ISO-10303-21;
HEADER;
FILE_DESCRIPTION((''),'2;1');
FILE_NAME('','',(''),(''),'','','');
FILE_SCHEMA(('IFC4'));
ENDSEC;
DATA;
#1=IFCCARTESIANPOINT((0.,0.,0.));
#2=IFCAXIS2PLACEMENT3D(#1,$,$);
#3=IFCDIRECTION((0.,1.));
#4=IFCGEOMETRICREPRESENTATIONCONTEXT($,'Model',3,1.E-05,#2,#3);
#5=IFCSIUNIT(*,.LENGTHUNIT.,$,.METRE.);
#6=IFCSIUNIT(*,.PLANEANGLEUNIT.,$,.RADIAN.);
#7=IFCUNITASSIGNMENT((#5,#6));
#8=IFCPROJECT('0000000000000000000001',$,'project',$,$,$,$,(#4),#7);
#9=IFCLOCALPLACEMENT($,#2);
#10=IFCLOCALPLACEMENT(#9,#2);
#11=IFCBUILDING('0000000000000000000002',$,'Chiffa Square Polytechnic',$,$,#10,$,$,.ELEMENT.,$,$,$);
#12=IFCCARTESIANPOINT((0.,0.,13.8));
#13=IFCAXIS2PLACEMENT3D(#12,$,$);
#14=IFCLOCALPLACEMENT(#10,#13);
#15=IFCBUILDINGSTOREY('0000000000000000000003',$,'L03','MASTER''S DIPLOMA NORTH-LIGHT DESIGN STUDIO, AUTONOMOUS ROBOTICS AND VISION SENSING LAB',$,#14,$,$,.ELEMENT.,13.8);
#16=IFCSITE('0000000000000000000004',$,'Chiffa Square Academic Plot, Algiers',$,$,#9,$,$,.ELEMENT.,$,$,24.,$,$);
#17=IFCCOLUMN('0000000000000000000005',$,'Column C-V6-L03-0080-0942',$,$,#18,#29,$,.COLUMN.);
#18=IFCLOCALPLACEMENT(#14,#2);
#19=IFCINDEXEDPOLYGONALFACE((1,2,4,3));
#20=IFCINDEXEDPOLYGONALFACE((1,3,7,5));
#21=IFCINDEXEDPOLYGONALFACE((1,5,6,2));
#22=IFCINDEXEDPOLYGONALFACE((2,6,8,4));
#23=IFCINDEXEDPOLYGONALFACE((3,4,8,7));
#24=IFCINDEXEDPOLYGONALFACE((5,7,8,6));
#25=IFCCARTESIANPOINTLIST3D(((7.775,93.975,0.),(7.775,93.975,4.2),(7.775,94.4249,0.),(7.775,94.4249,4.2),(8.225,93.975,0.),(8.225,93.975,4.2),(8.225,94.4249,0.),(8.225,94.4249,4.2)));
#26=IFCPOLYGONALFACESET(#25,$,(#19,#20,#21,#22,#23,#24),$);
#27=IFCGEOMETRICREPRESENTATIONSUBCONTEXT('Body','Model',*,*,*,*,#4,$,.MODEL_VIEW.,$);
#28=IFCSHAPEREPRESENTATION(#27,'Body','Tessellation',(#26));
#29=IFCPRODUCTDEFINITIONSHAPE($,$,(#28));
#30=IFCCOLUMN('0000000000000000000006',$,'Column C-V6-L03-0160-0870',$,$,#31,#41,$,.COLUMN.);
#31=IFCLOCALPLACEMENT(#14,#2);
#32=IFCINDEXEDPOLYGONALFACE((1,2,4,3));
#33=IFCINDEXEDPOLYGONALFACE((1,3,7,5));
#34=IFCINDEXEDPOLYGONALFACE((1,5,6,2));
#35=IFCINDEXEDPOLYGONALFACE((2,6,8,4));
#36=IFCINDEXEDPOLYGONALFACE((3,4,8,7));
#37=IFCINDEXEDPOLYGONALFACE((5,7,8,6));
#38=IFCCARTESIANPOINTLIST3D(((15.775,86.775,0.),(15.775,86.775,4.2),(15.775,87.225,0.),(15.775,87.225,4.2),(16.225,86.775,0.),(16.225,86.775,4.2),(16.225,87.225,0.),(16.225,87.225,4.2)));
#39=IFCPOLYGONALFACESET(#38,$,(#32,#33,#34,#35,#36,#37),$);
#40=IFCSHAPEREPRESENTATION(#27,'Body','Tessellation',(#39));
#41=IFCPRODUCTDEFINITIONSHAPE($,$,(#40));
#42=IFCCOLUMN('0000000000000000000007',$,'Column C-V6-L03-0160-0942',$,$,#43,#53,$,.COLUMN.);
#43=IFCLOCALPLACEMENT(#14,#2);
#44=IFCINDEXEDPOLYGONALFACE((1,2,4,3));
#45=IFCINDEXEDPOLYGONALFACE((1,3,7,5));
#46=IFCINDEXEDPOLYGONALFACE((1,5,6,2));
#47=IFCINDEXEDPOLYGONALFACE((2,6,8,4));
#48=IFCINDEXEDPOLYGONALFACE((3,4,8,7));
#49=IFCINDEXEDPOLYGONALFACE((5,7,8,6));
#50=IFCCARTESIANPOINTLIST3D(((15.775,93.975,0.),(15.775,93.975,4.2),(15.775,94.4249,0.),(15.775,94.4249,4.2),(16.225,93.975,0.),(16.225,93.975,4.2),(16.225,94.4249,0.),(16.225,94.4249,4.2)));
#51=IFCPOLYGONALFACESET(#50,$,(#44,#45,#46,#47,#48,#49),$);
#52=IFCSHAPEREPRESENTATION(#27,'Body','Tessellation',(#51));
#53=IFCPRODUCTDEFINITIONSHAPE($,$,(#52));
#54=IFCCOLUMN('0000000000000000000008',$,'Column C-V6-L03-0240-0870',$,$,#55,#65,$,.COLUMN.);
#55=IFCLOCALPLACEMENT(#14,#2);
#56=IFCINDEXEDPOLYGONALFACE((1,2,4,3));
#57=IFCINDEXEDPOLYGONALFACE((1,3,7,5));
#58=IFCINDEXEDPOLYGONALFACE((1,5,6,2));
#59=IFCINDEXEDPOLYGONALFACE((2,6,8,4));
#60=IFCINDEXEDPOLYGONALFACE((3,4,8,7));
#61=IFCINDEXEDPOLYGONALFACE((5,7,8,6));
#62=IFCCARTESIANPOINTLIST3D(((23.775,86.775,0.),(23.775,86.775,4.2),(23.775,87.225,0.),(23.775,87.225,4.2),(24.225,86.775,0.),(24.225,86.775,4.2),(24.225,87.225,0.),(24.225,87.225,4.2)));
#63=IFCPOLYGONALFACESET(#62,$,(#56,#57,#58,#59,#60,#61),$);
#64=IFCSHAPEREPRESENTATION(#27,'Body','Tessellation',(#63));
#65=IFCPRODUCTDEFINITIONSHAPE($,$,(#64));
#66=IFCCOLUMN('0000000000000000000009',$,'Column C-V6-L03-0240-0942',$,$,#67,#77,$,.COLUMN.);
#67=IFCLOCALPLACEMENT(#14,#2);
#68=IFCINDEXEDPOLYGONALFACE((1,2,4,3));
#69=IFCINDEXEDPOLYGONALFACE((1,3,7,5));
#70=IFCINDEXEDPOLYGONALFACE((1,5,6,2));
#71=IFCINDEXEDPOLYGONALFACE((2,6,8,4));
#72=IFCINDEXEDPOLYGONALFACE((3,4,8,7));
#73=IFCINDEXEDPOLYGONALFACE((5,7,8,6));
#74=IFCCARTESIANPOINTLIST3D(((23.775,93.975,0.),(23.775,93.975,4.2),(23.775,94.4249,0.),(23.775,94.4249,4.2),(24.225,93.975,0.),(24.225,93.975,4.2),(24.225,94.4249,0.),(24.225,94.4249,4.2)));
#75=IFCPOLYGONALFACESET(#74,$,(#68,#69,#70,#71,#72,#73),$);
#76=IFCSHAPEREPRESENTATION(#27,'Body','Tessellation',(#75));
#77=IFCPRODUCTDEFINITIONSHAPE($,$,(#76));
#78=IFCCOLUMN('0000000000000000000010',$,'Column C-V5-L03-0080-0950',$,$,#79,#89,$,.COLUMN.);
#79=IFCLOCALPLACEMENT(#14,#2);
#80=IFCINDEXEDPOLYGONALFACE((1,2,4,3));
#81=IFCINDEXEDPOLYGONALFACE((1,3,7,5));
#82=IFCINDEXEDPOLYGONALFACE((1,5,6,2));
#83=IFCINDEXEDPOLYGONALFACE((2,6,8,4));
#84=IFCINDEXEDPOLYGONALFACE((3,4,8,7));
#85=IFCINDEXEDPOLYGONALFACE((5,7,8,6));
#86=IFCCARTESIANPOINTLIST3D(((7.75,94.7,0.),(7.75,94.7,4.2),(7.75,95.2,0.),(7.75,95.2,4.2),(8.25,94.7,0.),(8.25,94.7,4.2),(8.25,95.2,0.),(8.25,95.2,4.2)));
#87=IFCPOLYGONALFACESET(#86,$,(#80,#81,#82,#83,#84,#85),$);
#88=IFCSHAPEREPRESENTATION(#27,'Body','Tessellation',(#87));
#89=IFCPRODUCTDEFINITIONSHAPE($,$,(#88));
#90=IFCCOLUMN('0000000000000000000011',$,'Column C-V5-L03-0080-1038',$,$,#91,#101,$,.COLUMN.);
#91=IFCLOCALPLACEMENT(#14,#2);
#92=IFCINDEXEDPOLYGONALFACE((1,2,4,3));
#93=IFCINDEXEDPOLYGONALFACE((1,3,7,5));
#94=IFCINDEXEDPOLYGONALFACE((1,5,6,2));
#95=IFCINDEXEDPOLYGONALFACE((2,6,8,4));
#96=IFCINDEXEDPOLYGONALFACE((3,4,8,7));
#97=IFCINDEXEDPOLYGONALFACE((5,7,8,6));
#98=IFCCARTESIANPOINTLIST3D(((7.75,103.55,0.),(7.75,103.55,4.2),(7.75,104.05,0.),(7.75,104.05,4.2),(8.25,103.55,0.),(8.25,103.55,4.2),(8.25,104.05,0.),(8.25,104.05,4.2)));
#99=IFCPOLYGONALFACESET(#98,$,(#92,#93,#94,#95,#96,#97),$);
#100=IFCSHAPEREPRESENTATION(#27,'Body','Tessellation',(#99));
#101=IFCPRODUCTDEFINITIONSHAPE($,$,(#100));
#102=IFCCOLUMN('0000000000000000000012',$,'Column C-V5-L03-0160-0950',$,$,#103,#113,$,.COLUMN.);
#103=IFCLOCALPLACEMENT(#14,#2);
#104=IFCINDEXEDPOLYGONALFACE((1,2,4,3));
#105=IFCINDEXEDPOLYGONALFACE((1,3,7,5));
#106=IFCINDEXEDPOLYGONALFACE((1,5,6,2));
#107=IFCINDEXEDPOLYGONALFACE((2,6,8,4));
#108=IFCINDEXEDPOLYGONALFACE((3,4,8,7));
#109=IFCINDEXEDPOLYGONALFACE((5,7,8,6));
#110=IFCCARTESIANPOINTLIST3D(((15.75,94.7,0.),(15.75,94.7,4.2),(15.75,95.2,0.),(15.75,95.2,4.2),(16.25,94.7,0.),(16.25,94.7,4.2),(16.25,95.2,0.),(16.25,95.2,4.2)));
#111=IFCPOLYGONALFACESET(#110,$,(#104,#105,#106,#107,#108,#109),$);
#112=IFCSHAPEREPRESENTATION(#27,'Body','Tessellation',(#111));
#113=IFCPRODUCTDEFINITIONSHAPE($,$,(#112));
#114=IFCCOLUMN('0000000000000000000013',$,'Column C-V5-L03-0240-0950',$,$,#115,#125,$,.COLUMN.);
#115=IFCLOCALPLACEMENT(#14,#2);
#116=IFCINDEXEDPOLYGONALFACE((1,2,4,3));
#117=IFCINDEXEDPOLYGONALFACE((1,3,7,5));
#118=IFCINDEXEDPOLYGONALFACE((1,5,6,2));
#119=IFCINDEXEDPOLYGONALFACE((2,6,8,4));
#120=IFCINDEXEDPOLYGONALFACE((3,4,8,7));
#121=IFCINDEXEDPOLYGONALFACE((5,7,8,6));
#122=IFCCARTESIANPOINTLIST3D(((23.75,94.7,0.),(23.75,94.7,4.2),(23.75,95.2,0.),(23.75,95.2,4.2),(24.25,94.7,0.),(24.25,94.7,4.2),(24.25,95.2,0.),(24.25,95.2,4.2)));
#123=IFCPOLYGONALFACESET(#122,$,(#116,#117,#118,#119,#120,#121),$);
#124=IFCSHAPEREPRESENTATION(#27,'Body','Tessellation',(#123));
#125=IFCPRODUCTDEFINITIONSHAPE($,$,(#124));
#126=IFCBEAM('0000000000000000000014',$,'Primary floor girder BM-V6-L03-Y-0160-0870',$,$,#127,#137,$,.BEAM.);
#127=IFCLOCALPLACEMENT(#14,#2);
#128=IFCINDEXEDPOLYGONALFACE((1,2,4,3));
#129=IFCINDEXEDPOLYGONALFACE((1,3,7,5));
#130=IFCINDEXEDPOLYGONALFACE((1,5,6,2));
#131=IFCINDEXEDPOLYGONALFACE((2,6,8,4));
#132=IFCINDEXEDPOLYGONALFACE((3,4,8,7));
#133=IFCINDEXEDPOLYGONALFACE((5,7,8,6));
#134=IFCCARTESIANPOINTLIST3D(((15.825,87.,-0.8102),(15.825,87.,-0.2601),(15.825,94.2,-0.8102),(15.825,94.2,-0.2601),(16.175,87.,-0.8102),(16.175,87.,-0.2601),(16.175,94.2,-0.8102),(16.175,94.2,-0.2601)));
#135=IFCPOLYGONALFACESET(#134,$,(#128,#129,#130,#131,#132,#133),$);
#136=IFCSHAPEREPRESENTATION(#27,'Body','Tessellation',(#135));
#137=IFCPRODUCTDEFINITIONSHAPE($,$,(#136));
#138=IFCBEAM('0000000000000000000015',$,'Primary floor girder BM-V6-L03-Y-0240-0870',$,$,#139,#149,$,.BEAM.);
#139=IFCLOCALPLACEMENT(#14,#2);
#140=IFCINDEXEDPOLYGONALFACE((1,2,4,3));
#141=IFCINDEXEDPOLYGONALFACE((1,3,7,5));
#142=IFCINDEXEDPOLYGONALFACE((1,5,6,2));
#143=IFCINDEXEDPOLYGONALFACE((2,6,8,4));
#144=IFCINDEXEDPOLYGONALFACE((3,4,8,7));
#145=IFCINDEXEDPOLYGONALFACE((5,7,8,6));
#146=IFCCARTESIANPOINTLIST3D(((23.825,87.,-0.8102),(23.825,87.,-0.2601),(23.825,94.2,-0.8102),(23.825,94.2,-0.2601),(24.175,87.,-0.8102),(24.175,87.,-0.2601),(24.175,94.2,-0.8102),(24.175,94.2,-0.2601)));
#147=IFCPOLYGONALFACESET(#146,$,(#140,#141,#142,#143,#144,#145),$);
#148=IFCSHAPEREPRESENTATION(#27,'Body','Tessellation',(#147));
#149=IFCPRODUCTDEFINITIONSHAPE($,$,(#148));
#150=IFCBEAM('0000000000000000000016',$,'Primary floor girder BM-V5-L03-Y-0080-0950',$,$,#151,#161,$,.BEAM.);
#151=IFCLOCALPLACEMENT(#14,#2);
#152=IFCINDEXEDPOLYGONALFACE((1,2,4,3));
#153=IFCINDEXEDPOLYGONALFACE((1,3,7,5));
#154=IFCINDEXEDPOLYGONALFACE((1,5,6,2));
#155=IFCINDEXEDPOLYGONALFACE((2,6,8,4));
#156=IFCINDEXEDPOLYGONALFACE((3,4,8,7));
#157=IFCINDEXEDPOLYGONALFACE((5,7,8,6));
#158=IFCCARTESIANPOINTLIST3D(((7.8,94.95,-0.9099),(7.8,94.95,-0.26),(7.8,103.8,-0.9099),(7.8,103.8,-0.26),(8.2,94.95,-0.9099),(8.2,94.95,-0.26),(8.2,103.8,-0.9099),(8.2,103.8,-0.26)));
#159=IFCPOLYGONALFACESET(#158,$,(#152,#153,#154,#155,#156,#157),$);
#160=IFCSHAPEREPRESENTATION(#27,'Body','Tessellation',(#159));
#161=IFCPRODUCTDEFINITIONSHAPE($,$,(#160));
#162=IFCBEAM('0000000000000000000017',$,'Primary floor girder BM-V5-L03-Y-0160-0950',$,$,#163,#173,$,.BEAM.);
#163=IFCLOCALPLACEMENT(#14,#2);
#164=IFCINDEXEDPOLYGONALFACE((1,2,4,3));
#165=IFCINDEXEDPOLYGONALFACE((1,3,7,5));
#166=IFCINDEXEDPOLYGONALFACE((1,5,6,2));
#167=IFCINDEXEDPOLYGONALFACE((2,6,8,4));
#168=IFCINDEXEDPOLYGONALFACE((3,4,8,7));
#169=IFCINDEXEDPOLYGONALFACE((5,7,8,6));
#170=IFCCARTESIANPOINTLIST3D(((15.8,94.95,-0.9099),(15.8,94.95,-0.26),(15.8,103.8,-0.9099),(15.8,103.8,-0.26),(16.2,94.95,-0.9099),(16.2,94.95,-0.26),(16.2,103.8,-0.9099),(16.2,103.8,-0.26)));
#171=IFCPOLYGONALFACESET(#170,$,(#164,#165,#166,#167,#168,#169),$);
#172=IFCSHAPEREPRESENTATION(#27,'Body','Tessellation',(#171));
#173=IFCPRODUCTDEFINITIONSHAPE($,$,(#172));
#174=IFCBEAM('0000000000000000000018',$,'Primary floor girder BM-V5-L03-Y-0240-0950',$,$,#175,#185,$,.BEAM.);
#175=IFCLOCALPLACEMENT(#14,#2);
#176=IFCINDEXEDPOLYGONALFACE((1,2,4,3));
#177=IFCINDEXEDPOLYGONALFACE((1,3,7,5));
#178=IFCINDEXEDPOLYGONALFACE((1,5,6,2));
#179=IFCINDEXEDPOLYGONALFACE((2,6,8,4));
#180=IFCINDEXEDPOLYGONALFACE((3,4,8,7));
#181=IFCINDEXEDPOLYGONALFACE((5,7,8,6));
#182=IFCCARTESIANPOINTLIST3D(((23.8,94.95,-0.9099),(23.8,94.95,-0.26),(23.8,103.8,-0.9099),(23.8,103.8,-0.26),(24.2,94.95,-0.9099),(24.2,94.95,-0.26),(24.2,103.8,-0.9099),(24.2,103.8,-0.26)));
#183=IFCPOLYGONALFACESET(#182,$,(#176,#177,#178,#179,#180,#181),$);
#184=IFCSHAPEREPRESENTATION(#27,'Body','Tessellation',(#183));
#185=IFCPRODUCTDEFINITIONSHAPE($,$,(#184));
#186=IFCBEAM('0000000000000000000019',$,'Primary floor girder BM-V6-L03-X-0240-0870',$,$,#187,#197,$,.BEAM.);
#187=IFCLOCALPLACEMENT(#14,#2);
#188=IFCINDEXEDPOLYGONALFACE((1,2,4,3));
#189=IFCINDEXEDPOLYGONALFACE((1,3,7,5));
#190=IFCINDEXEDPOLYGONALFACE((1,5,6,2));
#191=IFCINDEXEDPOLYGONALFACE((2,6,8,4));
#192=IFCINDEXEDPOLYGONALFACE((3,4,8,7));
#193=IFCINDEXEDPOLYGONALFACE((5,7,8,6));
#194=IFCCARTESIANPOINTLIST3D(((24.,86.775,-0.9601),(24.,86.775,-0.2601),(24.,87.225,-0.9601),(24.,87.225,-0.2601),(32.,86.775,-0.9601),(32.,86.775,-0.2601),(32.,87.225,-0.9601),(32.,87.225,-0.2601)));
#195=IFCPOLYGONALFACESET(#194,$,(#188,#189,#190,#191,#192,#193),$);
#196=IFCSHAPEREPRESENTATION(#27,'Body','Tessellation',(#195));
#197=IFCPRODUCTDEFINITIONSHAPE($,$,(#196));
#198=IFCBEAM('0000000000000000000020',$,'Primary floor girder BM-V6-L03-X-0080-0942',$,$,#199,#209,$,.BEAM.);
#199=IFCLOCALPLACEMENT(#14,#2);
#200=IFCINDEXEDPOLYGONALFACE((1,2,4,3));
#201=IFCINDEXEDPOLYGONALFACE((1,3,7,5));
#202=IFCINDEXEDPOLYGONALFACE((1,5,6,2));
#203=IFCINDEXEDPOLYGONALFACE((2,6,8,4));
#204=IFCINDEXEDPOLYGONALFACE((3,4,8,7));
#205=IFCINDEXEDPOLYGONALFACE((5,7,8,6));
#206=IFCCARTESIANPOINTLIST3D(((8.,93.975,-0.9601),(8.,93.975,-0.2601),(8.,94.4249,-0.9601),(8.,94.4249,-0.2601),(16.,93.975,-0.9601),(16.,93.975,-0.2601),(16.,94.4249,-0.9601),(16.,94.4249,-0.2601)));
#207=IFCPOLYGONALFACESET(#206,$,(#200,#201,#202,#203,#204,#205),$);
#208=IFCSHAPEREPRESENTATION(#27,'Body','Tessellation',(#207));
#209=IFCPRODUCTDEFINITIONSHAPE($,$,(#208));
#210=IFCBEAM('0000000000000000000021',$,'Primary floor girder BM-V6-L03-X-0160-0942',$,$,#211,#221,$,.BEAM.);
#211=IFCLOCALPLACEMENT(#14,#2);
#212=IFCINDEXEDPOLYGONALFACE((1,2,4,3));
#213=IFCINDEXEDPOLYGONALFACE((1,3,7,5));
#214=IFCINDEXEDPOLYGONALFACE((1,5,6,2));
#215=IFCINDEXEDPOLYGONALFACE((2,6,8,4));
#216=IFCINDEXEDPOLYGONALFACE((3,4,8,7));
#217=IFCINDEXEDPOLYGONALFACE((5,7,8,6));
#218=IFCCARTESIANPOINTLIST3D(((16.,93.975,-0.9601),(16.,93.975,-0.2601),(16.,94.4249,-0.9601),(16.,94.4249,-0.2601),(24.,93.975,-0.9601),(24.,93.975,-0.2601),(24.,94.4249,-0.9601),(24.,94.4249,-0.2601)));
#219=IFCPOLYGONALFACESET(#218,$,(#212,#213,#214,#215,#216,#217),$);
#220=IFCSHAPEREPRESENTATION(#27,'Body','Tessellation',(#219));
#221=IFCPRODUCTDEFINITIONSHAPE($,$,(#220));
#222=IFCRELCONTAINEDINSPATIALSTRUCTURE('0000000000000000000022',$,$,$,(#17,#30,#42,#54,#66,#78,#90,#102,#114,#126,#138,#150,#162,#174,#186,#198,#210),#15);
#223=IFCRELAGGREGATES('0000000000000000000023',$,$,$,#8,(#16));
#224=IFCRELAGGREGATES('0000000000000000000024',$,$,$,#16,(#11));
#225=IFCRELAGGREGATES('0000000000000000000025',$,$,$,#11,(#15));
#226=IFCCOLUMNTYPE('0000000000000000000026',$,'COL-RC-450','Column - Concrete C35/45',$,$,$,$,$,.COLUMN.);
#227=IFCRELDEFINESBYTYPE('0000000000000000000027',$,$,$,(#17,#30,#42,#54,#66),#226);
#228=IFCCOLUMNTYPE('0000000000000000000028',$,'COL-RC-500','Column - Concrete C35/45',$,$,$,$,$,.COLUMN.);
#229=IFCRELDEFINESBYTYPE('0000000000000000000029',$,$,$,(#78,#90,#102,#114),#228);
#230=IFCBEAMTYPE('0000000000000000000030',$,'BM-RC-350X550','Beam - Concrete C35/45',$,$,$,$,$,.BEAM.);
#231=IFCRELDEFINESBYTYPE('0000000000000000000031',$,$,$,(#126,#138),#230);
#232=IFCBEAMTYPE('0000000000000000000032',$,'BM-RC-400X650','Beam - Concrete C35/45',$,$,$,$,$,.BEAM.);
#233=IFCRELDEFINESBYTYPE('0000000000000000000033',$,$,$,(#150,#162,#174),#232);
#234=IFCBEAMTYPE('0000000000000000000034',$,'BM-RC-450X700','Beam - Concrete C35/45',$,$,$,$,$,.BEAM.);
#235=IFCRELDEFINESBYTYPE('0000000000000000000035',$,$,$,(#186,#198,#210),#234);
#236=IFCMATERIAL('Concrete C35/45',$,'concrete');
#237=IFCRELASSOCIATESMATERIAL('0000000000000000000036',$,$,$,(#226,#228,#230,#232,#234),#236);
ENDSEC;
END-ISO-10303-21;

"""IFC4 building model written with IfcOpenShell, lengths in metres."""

from ifc_helpers import new_model, si_unit, direction, frame, origin, origin_2d, place, context, subcontext, project, spatial, rectangle, extrude, material, material_profile, profile_set, type_object, element, save


model = new_model("IFC4")

# Units and contexts
model_context = context("Model", 3, precision=1e-05, world=origin(), true_north=direction((0.0, 1.0)))
body_context = subcontext(model_context, "Body", "Model", "MODEL_VIEW")
ifc_project = project(units=[si_unit("LENGTHUNIT", "METRE"), si_unit("PLANEANGLEUNIT", "RADIAN")], contexts=[model_context])

# Site, building, storey
site_placement = place(None, origin())
site = spatial("IfcSite", under=ifc_project, at=site_placement, Name="Chiffa Square Academic Plot, Algiers", CompositionType="ELEMENT", RefElevation=24.0)
building_placement = place(site_placement, origin())
building = spatial("IfcBuilding", under=site, at=building_placement, Name="Chiffa Square Polytechnic", CompositionType="ELEMENT")
storey_placement = place(building_placement, frame((0.0, 0.0, 13.8)))
storey = spatial("IfcBuildingStorey", under=building, at=storey_placement, Name="L03", Description="MASTER'S DIPLOMA NORTH-LIGHT DESIGN STUDIO, AUTONOMOUS ROBOTICS AND VISION SENSING LAB", CompositionType="ELEMENT", Elevation=13.8)

# Columns
ifc_material_1 = material(Name="Concrete C35/45", Category="concrete")
ifc_material_profile_1 = material_profile(ifc_material_1, rectangle(XDim=0.45, YDim=0.45, at=origin_2d()), Name="RC 450x450")
ifc_profile_set_1 = profile_set([ifc_material_profile_1], Name="Concrete C35/45")
column_type_1 = type_object("IfcColumnType", Name="COL-RC-450", Description="Column - Concrete C35/45", PredefinedType="COLUMN", material=ifc_profile_set_1)
for number, where, z_axis, x_axis, name in (
    (1, (8.0, 94.2, 0.0), (0.0, 0.0, 1.0), (1.0, 0.0, 0.0), "Column C-V6-L03-0080-0942"),
    (2, (16.0, 87.0, 0.0), (0.0, 0.0, 1.0), (1.0, 0.0, 0.0), "Column C-V6-L03-0160-0870"),
    (3, (16.0, 94.2, 0.0), (0.0, 0.0, 1.0), (1.0, 0.0, 0.0), "Column C-V6-L03-0160-0942"),
    (4, (24.0, 87.0, 0.0), (0.0, 0.0, 1.0), (1.0, 0.0, 0.0), "Column C-V6-L03-0240-0870"),
    (5, (24.0, 94.2, 0.0), (0.0, 0.0, 1.0), (1.0, 0.0, 0.0), "Column C-V6-L03-0240-0942"),
):
    element("IfcColumn", number, at=place(storey_placement, frame(where, z_axis=z_axis, x_axis=x_axis)), inside=storey, type_object=column_type_1, Name=name, PredefinedType="COLUMN", context=body_context, shape_type="SweptSolid", body=[
        extrude(rectangle(XDim=0.45, YDim=0.45, at=origin_2d()), origin(), (0.0, 0.0, 1.0), 4.2),
    ])
ifc_material_profile_2 = material_profile(ifc_material_1, rectangle(XDim=0.5, YDim=0.5, at=origin_2d()), Name="RC 500x500")
ifc_profile_set_2 = profile_set([ifc_material_profile_2], Name="Concrete C35/45")
column_type_2 = type_object("IfcColumnType", Name="COL-RC-500", Description="Column - Concrete C35/45", PredefinedType="COLUMN", material=ifc_profile_set_2)
for number, where, z_axis, x_axis, name in (
    (6, (8.0, 94.95, 0.0), (0.0, 0.0, 1.0), (1.0, 0.0, 0.0), "Column C-V5-L03-0080-0950"),
    (7, (8.0, 103.8, 0.0), (0.0, 0.0, 1.0), (1.0, 0.0, 0.0), "Column C-V5-L03-0080-1038"),
    (8, (16.0, 94.95, 0.0), (0.0, 0.0, 1.0), (1.0, 0.0, 0.0), "Column C-V5-L03-0160-0950"),
    (9, (24.0, 94.95, 0.0), (0.0, 0.0, 1.0), (1.0, 0.0, 0.0), "Column C-V5-L03-0240-0950"),
):
    element("IfcColumn", number, at=place(storey_placement, frame(where, z_axis=z_axis, x_axis=x_axis)), inside=storey, type_object=column_type_2, Name=name, PredefinedType="COLUMN", context=body_context, shape_type="SweptSolid", body=[
        extrude(rectangle(XDim=0.5, YDim=0.5, at=origin_2d()), origin(), (0.0, 0.0, 1.0), 4.2),
    ])

# Beams
ifc_material_profile_3 = material_profile(ifc_material_1, rectangle(XDim=0.3501, YDim=0.55, at=origin_2d()), Name="RC 350x550")
ifc_profile_set_3 = profile_set([ifc_material_profile_3], Name="Concrete C35/45")
beam_type_1 = type_object("IfcBeamType", Name="BM-RC-350X550", Description="Beam - Concrete C35/45", PredefinedType="BEAM", material=ifc_profile_set_3)
for number, where, z_axis, x_axis, name in (
    (10, (16.0, 87.0, -0.5352), (0.0, 1.0, 0.0), (-1.0, 0.0, 0.0), "Primary floor girder BM-V6-L03-Y-0160-0870"),
    (11, (24.0, 87.0, -0.5352), (0.0, 1.0, 0.0), (-1.0, 0.0, 0.0), "Primary floor girder BM-V6-L03-Y-0240-0870"),
):
    element("IfcBeam", number, at=place(storey_placement, frame(where, z_axis=z_axis, x_axis=x_axis)), inside=storey, type_object=beam_type_1, Name=name, PredefinedType="BEAM", context=body_context, shape_type="SweptSolid", body=[
        extrude(rectangle(XDim=0.3501, YDim=0.55, at=origin_2d()), origin(), (0.0, 0.0, 1.0), 7.2),
    ])
ifc_material_profile_4 = material_profile(ifc_material_1, rectangle(XDim=0.3999, YDim=0.6499, at=origin_2d()), Name="RC 400x650")
ifc_profile_set_4 = profile_set([ifc_material_profile_4], Name="Concrete C35/45")
beam_type_2 = type_object("IfcBeamType", Name="BM-RC-400X650", Description="Beam - Concrete C35/45", PredefinedType="BEAM", material=ifc_profile_set_4)
for number, where, z_axis, x_axis, name in (
    (12, (8.0, 94.95, -0.585), (0.0, 1.0, 0.0), (-1.0, 0.0, 0.0), "Primary floor girder BM-V5-L03-Y-0080-0950"),
    (13, (16.0, 94.95, -0.585), (0.0, 1.0, 0.0), (-1.0, 0.0, 0.0), "Primary floor girder BM-V5-L03-Y-0160-0950"),
    (14, (24.0, 94.95, -0.585), (0.0, 1.0, 0.0), (-1.0, 0.0, 0.0), "Primary floor girder BM-V5-L03-Y-0240-0950"),
):
    element("IfcBeam", number, at=place(storey_placement, frame(where, z_axis=z_axis, x_axis=x_axis)), inside=storey, type_object=beam_type_2, Name=name, PredefinedType="BEAM", context=body_context, shape_type="SweptSolid", body=[
        extrude(rectangle(XDim=0.3999, YDim=0.6499, at=origin_2d()), origin(), (0.0, 0.0, 1.0), 8.8501),
    ])
ifc_material_profile_5 = material_profile(ifc_material_1, rectangle(XDim=0.45, YDim=0.7, at=origin_2d()), Name="RC 450x700")
ifc_profile_set_5 = profile_set([ifc_material_profile_5], Name="Concrete C35/45")
beam_type_3 = type_object("IfcBeamType", Name="BM-RC-450X700", Description="Beam - Concrete C35/45", PredefinedType="BEAM", material=ifc_profile_set_5)
for number, where, z_axis, x_axis, name in (
    (15, (24.0, 87.0, -0.6101), (1.0, 0.0, 0.0), (0.0, 1.0, 0.0), "Primary floor girder BM-V6-L03-X-0240-0870"),
    (16, (8.0, 94.2, -0.6101), (1.0, 0.0, 0.0), (0.0, 1.0, 0.0), "Primary floor girder BM-V6-L03-X-0080-0942"),
    (17, (16.0, 94.2, -0.6101), (1.0, 0.0, 0.0), (0.0, 1.0, 0.0), "Primary floor girder BM-V6-L03-X-0160-0942"),
):
    element("IfcBeam", number, at=place(storey_placement, frame(where, z_axis=z_axis, x_axis=x_axis)), inside=storey, type_object=beam_type_3, Name=name, PredefinedType="BEAM", context=body_context, shape_type="SweptSolid", body=[
        extrude(rectangle(XDim=0.45, YDim=0.7, at=origin_2d()), origin(), (0.0, 0.0, 1.0), 8.0),
    ])

save(model, "model.ifc")
